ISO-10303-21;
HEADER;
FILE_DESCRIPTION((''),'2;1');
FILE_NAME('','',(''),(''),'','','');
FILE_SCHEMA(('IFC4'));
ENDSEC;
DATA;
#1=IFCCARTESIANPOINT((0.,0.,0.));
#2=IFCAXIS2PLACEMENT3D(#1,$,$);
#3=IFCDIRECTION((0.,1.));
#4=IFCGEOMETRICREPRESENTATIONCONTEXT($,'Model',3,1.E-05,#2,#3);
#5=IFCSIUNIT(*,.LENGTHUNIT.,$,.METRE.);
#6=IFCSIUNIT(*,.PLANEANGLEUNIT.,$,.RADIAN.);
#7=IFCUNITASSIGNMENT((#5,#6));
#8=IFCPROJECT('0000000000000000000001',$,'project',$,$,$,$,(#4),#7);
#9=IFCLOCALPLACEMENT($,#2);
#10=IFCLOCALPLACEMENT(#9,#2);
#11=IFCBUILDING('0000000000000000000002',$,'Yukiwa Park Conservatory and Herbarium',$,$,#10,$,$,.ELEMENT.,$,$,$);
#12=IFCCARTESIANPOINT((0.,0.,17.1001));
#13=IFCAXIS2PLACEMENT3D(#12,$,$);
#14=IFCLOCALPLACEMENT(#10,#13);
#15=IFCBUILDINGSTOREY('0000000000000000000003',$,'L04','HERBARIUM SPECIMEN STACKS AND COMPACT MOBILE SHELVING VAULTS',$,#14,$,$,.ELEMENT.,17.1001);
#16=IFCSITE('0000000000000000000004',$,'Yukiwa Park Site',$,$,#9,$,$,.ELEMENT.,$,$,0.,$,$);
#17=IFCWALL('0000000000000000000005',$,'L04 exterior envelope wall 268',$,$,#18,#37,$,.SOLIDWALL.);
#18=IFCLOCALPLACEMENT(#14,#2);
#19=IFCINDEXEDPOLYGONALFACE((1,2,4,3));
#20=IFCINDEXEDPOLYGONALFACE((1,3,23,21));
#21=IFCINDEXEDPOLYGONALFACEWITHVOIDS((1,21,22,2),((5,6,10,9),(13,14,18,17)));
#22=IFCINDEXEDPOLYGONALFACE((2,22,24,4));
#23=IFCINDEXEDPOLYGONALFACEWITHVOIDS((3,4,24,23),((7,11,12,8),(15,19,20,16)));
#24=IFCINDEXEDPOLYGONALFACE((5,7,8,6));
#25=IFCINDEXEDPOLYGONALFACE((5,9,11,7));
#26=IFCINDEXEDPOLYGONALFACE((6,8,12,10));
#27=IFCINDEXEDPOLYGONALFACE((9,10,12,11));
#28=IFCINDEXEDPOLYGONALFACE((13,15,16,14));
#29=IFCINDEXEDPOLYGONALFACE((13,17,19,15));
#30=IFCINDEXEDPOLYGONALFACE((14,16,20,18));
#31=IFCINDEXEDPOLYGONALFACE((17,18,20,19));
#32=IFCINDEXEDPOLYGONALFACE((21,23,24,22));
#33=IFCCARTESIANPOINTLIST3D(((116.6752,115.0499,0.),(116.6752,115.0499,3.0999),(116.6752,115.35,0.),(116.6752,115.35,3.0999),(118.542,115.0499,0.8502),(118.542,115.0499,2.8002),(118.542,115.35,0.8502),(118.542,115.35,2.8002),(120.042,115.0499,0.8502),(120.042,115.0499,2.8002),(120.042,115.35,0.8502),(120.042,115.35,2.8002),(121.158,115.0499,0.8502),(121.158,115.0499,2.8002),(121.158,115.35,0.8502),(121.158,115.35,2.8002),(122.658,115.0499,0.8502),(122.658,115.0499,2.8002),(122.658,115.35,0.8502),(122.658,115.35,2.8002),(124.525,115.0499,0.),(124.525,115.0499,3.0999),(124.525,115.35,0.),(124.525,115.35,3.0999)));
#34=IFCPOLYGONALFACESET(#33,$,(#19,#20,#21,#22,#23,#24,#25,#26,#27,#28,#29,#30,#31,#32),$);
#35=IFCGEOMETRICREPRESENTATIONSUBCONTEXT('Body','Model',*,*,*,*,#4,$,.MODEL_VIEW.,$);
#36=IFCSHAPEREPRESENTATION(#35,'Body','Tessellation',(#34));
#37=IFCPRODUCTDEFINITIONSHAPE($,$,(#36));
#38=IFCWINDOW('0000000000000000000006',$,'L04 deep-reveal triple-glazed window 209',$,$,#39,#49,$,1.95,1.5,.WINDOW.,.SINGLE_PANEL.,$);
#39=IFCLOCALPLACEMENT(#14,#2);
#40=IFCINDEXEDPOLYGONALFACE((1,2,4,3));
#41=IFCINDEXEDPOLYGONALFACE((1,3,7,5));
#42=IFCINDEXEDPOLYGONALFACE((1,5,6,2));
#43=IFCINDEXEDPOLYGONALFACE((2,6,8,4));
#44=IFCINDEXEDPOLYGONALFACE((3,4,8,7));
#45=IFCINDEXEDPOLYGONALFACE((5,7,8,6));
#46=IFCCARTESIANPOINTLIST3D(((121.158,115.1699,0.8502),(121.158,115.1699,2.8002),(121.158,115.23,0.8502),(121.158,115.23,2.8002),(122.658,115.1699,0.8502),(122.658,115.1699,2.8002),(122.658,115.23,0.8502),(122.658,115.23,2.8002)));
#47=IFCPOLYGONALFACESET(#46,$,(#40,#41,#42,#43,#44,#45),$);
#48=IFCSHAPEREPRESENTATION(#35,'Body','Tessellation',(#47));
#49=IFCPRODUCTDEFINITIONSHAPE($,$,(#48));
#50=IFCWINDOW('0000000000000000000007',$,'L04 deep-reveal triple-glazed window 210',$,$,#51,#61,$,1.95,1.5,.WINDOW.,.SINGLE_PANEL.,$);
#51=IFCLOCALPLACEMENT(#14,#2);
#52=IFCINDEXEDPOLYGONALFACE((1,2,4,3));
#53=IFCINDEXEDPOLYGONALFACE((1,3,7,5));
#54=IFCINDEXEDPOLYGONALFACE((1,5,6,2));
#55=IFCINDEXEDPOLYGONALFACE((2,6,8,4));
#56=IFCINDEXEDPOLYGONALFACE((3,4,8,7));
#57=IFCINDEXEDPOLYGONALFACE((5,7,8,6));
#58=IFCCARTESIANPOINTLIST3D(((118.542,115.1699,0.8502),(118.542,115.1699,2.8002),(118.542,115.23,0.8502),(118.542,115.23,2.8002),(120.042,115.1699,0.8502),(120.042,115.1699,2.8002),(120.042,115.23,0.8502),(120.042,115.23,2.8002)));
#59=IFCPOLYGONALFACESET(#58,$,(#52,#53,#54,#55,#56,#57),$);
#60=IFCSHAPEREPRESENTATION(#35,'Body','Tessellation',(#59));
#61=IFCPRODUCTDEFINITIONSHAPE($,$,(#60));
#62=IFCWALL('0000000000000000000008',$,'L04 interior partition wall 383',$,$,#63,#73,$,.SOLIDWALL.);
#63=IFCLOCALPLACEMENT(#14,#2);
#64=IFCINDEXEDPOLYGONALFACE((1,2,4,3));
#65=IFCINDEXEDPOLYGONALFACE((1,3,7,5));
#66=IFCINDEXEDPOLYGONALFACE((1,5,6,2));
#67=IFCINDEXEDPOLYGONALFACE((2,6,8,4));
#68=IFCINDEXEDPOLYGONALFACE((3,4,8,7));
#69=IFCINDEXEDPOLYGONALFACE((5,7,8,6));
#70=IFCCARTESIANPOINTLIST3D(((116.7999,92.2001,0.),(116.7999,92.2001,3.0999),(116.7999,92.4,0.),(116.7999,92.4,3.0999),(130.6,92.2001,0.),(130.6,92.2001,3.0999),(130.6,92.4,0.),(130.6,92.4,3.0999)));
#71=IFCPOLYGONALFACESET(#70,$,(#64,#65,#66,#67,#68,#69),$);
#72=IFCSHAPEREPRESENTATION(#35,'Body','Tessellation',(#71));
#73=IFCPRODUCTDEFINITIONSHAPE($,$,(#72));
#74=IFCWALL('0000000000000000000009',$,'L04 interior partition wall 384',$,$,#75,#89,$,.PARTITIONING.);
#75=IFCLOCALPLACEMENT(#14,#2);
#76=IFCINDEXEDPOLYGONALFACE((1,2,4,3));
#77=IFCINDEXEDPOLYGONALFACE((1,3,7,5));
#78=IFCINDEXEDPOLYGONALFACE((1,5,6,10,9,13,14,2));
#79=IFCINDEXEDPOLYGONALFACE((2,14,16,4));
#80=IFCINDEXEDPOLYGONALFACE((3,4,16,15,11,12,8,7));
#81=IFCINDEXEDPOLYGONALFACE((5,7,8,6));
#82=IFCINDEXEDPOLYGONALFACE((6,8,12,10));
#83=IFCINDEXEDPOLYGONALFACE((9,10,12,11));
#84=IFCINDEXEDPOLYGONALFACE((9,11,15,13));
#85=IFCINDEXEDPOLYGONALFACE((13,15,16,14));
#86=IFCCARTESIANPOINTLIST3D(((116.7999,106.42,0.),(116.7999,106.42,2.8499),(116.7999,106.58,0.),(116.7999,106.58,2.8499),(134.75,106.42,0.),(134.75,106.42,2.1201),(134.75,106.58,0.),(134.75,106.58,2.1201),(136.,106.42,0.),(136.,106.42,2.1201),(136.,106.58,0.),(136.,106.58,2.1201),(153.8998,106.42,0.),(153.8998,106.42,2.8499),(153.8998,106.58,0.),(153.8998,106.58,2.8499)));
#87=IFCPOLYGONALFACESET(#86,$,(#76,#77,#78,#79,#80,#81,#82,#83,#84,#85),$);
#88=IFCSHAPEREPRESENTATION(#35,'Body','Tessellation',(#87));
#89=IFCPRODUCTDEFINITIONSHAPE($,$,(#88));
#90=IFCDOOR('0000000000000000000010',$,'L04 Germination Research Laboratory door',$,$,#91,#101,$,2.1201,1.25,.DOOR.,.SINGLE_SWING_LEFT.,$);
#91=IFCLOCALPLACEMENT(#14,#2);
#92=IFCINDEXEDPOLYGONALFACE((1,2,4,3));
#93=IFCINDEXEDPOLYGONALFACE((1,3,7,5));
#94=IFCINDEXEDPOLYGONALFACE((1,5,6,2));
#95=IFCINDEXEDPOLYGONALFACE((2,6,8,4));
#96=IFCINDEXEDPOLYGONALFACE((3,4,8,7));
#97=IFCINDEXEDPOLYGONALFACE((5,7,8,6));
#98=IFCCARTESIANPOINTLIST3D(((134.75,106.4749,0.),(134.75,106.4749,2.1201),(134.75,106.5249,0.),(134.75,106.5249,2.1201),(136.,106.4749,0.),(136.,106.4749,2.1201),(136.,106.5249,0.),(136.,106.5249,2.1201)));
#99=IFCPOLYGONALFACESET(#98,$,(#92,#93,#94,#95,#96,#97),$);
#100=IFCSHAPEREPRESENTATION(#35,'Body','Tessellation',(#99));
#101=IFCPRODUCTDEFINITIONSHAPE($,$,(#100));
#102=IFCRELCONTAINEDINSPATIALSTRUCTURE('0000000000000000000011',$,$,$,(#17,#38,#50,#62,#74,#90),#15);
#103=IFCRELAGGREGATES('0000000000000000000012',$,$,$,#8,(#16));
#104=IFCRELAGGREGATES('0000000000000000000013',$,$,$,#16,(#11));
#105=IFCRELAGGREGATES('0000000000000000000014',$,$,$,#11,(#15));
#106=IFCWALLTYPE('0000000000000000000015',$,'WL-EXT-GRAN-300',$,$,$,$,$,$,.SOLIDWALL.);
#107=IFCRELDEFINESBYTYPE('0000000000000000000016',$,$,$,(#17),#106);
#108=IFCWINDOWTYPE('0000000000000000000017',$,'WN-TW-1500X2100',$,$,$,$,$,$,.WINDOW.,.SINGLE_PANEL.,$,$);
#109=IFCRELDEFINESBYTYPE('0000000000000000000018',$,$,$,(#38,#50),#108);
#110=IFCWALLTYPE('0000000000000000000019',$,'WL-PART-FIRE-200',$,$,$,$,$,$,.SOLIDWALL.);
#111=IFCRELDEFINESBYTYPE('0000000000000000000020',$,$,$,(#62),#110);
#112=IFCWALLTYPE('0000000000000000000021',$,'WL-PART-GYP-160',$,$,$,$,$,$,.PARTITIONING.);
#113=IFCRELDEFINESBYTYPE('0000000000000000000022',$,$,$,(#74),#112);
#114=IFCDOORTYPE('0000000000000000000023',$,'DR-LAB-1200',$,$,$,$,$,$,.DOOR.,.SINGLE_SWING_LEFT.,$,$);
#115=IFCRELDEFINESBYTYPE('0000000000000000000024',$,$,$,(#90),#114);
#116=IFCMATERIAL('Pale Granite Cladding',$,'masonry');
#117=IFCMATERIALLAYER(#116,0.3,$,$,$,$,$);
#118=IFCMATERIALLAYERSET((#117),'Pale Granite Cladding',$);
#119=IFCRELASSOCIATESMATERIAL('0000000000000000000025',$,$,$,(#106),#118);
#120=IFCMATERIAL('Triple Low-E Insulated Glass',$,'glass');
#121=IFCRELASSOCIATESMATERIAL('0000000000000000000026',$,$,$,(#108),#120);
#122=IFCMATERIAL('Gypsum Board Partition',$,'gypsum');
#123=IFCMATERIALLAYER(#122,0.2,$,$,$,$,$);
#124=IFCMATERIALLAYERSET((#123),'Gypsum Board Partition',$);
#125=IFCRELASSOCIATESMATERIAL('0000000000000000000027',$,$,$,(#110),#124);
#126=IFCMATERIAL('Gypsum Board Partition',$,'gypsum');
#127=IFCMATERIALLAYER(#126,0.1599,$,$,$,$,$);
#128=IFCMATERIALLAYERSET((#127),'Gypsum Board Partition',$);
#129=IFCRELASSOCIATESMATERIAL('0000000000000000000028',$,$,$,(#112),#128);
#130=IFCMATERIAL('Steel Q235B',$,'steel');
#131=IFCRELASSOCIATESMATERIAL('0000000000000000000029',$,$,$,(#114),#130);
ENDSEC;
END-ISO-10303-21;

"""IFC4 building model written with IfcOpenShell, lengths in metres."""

from ifc_helpers import new_model, si_unit, direction, frame, frame_2d, origin, place, context, subcontext, project, spatial, rectangle, extrude, material, layer, layer_set, type_object, element, fill, save


model = new_model("IFC4")

# Units and contexts
model_context = context("Model", 3, precision=1e-05, world=origin(), true_north=direction((0.0, 1.0)))
body_context = subcontext(model_context, "Body", "Model", "MODEL_VIEW")
ifc_project = project(units=[si_unit("LENGTHUNIT", "METRE"), si_unit("PLANEANGLEUNIT", "RADIAN")], contexts=[model_context])

# Site, building, storey
site_placement = place(None, origin())
site = spatial("IfcSite", under=ifc_project, at=site_placement, Name="Yukiwa Park Site", CompositionType="ELEMENT", RefElevation=0.0)
building_placement = place(site_placement, origin())
building = spatial("IfcBuilding", under=site, at=building_placement, Name="Yukiwa Park Conservatory and Herbarium", CompositionType="ELEMENT")
storey_placement = place(building_placement, frame((0.0, 0.0, 17.1001)))
storey = spatial("IfcBuildingStorey", under=building, at=storey_placement, Name="L04", Description="HERBARIUM SPECIMEN STACKS AND COMPACT MOBILE SHELVING VAULTS", CompositionType="ELEMENT", Elevation=17.1001)

# Wall, openings, windows
ifc_material_1 = material(Name="Pale Granite Cladding", Category="masonry")
ifc_layer_1 = layer(ifc_material_1, 0.3)
ifc_layer_set_1 = layer_set([ifc_layer_1], Name="Pale Granite Cladding")
wall_type_1 = type_object("IfcWallType", Name="WL-EXT-GRAN-300", PredefinedType="SOLIDWALL", material=ifc_layer_set_1)
wall_1_placement = place(storey_placement, frame((124.5249, 115.2, 0.0), z_axis=(0.0, 0.0, 1.0), x_axis=(-1.0, 0.0, 0.0)))
wall_1 = element("IfcWall", 1, at=wall_1_placement, inside=storey, type_object=wall_type_1, Name="L04 exterior envelope wall 268", PredefinedType="SOLIDWALL", context=body_context, shape_type="SweptSolid", body=[
    extrude(rectangle(XDim=7.8499, YDim=0.3, at=frame_2d((3.9248, 0.0))), origin(), (0.0, 0.0, 1.0), 3.0999),
])
opening_1_placement = place(wall_1_placement, frame((1.8669, 0.0, 0.8501)))
opening_1 = element("IfcOpeningElement", 2, at=opening_1_placement, cuts=wall_1, PredefinedType="OPENING", context=body_context, shape_type="SweptSolid", body=[
    extrude(rectangle(XDim=1.5, YDim=1.95, at=frame_2d((0.75, 0.9751))), frame((0.0, 0.1602, 0.0), z_axis=(0.0, -1.0, 0.0), x_axis=(1.0, 0.0, 0.0)), (0.0, 0.0, 1.0), 0.3201),
])
opening_2_placement = place(wall_1_placement, frame((4.4829, 0.0, 0.8501)))
opening_2 = element("IfcOpeningElement", 3, at=opening_2_placement, cuts=wall_1, PredefinedType="OPENING", context=body_context, shape_type="SweptSolid", body=[
    extrude(rectangle(XDim=1.5, YDim=1.95, at=frame_2d((0.75, 0.9751))), frame((0.0, 0.1602, 0.0), z_axis=(0.0, -1.0, 0.0), x_axis=(1.0, 0.0, 0.0)), (0.0, 0.0, 1.0), 0.3201),
])
ifc_material_2 = material(Name="Triple Low-E Insulated Glass", Category="glass")
window_type = type_object("IfcWindowType", Name="WN-TW-1500X2100", PartitioningType="SINGLE_PANEL", PredefinedType="WINDOW", material=ifc_material_2)
window_1_placement = place(opening_1_placement, origin())
window_1 = element("IfcWindow", 4, at=window_1_placement, inside=storey, type_object=window_type, Name="L04 deep-reveal triple-glazed window 209", OverallHeight=1.95, OverallWidth=1.5, PartitioningType="SINGLE_PANEL", PredefinedType="WINDOW", context=body_context, shape_type="SweptSolid", body=[
    extrude(rectangle(XDim=1.5, YDim=1.95, at=frame_2d((0.75, 0.9751))), frame((0.0, 0.03, 0.0), z_axis=(0.0, -1.0, 0.0), x_axis=(1.0, 0.0, 0.0)), (0.0, 0.0, 1.0), 0.0601),
])
fill(opening_1, window_1)
window_2_placement = place(opening_2_placement, origin())
window_2 = element("IfcWindow", 5, at=window_2_placement, inside=storey, type_object=window_type, Name="L04 deep-reveal triple-glazed window 210", OverallHeight=1.95, OverallWidth=1.5, PartitioningType="SINGLE_PANEL", PredefinedType="WINDOW", context=body_context, shape_type="SweptSolid", body=[
    extrude(rectangle(XDim=1.5, YDim=1.95, at=frame_2d((0.75, 0.9751))), frame((0.0, 0.03, 0.0), z_axis=(0.0, -1.0, 0.0), x_axis=(1.0, 0.0, 0.0)), (0.0, 0.0, 1.0), 0.0601),
])
fill(opening_2, window_2)

# Wall
ifc_material_3 = material(Name="Gypsum Board Partition", Category="gypsum")
ifc_layer_2 = layer(ifc_material_3, 0.2)
ifc_layer_set_2 = layer_set([ifc_layer_2], Name="Gypsum Board Partition")
wall_type_2 = type_object("IfcWallType", Name="WL-PART-FIRE-200", PredefinedType="SOLIDWALL", material=ifc_layer_set_2)
wall_2_placement = place(storey_placement, frame((116.8, 92.3, 0.0), z_axis=(0.0, 0.0, 1.0), x_axis=(1.0, 0.0, 0.0)))
element("IfcWall", 6, at=wall_2_placement, inside=storey, type_object=wall_type_2, Name="L04 interior partition wall 383", PredefinedType="SOLIDWALL", context=body_context, shape_type="SweptSolid", body=[
    extrude(rectangle(XDim=13.8, YDim=0.2, at=frame_2d((6.8999, 0.0))), origin(), (0.0, 0.0, 1.0), 3.0999),
])

# Wall, opening, door
ifc_material_4 = material(Name="Gypsum Board Partition", Category="gypsum")
ifc_layer_3 = layer(ifc_material_4, 0.1599)
ifc_layer_set_3 = layer_set([ifc_layer_3], Name="Gypsum Board Partition")
wall_type_3 = type_object("IfcWallType", Name="WL-PART-GYP-160", PredefinedType="PARTITIONING", material=ifc_layer_set_3)
wall_3_placement = place(storey_placement, frame((116.8, 106.5, 0.0), z_axis=(0.0, 0.0, 1.0), x_axis=(1.0, 0.0, 0.0)))
wall_3 = element("IfcWall", 7, at=wall_3_placement, inside=storey, type_object=wall_type_3, Name="L04 interior partition wall 384", PredefinedType="PARTITIONING", context=body_context, shape_type="SweptSolid", body=[
    extrude(rectangle(XDim=37.0999, YDim=0.1599, at=frame_2d((18.5498, 0.0))), origin(), (0.0, 0.0, 1.0), 2.8499),
])
opening_3_placement = place(wall_3_placement, frame((17.95, 0.0, 0.0)))
opening_3 = element("IfcOpeningElement", 8, at=opening_3_placement, cuts=wall_3, PredefinedType="OPENING", context=body_context, shape_type="SweptSolid", body=[
    extrude(rectangle(XDim=1.25, YDim=2.1201, at=frame_2d((0.625, 1.0601))), frame((0.0, 0.0898, 0.0), z_axis=(0.0, -1.0, 0.0), x_axis=(1.0, 0.0, 0.0)), (0.0, 0.0, 1.0), 0.1799),
])
ifc_material_5 = material(Name="Steel Q235B", Category="steel")
door_type = type_object("IfcDoorType", Name="DR-LAB-1200", OperationType="SINGLE_SWING_LEFT", PredefinedType="DOOR", material=ifc_material_5)
door_placement = place(opening_3_placement, origin())
door = element("IfcDoor", 9, at=door_placement, inside=storey, type_object=door_type, Name="L04 Germination Research Laboratory door", OperationType="SINGLE_SWING_LEFT", OverallHeight=2.1201, OverallWidth=1.25, PredefinedType="DOOR", context=body_context, shape_type="SweptSolid", body=[
    extrude(rectangle(XDim=1.25, YDim=2.1201, at=frame_2d((0.625, 1.0601))), frame((0.0, 0.0249, 0.0), z_axis=(0.0, -1.0, 0.0), x_axis=(1.0, 0.0, 0.0)), (0.0, 0.0, 1.0), 0.05),
])
fill(opening_3, door)

save(model, "model.ifc")
